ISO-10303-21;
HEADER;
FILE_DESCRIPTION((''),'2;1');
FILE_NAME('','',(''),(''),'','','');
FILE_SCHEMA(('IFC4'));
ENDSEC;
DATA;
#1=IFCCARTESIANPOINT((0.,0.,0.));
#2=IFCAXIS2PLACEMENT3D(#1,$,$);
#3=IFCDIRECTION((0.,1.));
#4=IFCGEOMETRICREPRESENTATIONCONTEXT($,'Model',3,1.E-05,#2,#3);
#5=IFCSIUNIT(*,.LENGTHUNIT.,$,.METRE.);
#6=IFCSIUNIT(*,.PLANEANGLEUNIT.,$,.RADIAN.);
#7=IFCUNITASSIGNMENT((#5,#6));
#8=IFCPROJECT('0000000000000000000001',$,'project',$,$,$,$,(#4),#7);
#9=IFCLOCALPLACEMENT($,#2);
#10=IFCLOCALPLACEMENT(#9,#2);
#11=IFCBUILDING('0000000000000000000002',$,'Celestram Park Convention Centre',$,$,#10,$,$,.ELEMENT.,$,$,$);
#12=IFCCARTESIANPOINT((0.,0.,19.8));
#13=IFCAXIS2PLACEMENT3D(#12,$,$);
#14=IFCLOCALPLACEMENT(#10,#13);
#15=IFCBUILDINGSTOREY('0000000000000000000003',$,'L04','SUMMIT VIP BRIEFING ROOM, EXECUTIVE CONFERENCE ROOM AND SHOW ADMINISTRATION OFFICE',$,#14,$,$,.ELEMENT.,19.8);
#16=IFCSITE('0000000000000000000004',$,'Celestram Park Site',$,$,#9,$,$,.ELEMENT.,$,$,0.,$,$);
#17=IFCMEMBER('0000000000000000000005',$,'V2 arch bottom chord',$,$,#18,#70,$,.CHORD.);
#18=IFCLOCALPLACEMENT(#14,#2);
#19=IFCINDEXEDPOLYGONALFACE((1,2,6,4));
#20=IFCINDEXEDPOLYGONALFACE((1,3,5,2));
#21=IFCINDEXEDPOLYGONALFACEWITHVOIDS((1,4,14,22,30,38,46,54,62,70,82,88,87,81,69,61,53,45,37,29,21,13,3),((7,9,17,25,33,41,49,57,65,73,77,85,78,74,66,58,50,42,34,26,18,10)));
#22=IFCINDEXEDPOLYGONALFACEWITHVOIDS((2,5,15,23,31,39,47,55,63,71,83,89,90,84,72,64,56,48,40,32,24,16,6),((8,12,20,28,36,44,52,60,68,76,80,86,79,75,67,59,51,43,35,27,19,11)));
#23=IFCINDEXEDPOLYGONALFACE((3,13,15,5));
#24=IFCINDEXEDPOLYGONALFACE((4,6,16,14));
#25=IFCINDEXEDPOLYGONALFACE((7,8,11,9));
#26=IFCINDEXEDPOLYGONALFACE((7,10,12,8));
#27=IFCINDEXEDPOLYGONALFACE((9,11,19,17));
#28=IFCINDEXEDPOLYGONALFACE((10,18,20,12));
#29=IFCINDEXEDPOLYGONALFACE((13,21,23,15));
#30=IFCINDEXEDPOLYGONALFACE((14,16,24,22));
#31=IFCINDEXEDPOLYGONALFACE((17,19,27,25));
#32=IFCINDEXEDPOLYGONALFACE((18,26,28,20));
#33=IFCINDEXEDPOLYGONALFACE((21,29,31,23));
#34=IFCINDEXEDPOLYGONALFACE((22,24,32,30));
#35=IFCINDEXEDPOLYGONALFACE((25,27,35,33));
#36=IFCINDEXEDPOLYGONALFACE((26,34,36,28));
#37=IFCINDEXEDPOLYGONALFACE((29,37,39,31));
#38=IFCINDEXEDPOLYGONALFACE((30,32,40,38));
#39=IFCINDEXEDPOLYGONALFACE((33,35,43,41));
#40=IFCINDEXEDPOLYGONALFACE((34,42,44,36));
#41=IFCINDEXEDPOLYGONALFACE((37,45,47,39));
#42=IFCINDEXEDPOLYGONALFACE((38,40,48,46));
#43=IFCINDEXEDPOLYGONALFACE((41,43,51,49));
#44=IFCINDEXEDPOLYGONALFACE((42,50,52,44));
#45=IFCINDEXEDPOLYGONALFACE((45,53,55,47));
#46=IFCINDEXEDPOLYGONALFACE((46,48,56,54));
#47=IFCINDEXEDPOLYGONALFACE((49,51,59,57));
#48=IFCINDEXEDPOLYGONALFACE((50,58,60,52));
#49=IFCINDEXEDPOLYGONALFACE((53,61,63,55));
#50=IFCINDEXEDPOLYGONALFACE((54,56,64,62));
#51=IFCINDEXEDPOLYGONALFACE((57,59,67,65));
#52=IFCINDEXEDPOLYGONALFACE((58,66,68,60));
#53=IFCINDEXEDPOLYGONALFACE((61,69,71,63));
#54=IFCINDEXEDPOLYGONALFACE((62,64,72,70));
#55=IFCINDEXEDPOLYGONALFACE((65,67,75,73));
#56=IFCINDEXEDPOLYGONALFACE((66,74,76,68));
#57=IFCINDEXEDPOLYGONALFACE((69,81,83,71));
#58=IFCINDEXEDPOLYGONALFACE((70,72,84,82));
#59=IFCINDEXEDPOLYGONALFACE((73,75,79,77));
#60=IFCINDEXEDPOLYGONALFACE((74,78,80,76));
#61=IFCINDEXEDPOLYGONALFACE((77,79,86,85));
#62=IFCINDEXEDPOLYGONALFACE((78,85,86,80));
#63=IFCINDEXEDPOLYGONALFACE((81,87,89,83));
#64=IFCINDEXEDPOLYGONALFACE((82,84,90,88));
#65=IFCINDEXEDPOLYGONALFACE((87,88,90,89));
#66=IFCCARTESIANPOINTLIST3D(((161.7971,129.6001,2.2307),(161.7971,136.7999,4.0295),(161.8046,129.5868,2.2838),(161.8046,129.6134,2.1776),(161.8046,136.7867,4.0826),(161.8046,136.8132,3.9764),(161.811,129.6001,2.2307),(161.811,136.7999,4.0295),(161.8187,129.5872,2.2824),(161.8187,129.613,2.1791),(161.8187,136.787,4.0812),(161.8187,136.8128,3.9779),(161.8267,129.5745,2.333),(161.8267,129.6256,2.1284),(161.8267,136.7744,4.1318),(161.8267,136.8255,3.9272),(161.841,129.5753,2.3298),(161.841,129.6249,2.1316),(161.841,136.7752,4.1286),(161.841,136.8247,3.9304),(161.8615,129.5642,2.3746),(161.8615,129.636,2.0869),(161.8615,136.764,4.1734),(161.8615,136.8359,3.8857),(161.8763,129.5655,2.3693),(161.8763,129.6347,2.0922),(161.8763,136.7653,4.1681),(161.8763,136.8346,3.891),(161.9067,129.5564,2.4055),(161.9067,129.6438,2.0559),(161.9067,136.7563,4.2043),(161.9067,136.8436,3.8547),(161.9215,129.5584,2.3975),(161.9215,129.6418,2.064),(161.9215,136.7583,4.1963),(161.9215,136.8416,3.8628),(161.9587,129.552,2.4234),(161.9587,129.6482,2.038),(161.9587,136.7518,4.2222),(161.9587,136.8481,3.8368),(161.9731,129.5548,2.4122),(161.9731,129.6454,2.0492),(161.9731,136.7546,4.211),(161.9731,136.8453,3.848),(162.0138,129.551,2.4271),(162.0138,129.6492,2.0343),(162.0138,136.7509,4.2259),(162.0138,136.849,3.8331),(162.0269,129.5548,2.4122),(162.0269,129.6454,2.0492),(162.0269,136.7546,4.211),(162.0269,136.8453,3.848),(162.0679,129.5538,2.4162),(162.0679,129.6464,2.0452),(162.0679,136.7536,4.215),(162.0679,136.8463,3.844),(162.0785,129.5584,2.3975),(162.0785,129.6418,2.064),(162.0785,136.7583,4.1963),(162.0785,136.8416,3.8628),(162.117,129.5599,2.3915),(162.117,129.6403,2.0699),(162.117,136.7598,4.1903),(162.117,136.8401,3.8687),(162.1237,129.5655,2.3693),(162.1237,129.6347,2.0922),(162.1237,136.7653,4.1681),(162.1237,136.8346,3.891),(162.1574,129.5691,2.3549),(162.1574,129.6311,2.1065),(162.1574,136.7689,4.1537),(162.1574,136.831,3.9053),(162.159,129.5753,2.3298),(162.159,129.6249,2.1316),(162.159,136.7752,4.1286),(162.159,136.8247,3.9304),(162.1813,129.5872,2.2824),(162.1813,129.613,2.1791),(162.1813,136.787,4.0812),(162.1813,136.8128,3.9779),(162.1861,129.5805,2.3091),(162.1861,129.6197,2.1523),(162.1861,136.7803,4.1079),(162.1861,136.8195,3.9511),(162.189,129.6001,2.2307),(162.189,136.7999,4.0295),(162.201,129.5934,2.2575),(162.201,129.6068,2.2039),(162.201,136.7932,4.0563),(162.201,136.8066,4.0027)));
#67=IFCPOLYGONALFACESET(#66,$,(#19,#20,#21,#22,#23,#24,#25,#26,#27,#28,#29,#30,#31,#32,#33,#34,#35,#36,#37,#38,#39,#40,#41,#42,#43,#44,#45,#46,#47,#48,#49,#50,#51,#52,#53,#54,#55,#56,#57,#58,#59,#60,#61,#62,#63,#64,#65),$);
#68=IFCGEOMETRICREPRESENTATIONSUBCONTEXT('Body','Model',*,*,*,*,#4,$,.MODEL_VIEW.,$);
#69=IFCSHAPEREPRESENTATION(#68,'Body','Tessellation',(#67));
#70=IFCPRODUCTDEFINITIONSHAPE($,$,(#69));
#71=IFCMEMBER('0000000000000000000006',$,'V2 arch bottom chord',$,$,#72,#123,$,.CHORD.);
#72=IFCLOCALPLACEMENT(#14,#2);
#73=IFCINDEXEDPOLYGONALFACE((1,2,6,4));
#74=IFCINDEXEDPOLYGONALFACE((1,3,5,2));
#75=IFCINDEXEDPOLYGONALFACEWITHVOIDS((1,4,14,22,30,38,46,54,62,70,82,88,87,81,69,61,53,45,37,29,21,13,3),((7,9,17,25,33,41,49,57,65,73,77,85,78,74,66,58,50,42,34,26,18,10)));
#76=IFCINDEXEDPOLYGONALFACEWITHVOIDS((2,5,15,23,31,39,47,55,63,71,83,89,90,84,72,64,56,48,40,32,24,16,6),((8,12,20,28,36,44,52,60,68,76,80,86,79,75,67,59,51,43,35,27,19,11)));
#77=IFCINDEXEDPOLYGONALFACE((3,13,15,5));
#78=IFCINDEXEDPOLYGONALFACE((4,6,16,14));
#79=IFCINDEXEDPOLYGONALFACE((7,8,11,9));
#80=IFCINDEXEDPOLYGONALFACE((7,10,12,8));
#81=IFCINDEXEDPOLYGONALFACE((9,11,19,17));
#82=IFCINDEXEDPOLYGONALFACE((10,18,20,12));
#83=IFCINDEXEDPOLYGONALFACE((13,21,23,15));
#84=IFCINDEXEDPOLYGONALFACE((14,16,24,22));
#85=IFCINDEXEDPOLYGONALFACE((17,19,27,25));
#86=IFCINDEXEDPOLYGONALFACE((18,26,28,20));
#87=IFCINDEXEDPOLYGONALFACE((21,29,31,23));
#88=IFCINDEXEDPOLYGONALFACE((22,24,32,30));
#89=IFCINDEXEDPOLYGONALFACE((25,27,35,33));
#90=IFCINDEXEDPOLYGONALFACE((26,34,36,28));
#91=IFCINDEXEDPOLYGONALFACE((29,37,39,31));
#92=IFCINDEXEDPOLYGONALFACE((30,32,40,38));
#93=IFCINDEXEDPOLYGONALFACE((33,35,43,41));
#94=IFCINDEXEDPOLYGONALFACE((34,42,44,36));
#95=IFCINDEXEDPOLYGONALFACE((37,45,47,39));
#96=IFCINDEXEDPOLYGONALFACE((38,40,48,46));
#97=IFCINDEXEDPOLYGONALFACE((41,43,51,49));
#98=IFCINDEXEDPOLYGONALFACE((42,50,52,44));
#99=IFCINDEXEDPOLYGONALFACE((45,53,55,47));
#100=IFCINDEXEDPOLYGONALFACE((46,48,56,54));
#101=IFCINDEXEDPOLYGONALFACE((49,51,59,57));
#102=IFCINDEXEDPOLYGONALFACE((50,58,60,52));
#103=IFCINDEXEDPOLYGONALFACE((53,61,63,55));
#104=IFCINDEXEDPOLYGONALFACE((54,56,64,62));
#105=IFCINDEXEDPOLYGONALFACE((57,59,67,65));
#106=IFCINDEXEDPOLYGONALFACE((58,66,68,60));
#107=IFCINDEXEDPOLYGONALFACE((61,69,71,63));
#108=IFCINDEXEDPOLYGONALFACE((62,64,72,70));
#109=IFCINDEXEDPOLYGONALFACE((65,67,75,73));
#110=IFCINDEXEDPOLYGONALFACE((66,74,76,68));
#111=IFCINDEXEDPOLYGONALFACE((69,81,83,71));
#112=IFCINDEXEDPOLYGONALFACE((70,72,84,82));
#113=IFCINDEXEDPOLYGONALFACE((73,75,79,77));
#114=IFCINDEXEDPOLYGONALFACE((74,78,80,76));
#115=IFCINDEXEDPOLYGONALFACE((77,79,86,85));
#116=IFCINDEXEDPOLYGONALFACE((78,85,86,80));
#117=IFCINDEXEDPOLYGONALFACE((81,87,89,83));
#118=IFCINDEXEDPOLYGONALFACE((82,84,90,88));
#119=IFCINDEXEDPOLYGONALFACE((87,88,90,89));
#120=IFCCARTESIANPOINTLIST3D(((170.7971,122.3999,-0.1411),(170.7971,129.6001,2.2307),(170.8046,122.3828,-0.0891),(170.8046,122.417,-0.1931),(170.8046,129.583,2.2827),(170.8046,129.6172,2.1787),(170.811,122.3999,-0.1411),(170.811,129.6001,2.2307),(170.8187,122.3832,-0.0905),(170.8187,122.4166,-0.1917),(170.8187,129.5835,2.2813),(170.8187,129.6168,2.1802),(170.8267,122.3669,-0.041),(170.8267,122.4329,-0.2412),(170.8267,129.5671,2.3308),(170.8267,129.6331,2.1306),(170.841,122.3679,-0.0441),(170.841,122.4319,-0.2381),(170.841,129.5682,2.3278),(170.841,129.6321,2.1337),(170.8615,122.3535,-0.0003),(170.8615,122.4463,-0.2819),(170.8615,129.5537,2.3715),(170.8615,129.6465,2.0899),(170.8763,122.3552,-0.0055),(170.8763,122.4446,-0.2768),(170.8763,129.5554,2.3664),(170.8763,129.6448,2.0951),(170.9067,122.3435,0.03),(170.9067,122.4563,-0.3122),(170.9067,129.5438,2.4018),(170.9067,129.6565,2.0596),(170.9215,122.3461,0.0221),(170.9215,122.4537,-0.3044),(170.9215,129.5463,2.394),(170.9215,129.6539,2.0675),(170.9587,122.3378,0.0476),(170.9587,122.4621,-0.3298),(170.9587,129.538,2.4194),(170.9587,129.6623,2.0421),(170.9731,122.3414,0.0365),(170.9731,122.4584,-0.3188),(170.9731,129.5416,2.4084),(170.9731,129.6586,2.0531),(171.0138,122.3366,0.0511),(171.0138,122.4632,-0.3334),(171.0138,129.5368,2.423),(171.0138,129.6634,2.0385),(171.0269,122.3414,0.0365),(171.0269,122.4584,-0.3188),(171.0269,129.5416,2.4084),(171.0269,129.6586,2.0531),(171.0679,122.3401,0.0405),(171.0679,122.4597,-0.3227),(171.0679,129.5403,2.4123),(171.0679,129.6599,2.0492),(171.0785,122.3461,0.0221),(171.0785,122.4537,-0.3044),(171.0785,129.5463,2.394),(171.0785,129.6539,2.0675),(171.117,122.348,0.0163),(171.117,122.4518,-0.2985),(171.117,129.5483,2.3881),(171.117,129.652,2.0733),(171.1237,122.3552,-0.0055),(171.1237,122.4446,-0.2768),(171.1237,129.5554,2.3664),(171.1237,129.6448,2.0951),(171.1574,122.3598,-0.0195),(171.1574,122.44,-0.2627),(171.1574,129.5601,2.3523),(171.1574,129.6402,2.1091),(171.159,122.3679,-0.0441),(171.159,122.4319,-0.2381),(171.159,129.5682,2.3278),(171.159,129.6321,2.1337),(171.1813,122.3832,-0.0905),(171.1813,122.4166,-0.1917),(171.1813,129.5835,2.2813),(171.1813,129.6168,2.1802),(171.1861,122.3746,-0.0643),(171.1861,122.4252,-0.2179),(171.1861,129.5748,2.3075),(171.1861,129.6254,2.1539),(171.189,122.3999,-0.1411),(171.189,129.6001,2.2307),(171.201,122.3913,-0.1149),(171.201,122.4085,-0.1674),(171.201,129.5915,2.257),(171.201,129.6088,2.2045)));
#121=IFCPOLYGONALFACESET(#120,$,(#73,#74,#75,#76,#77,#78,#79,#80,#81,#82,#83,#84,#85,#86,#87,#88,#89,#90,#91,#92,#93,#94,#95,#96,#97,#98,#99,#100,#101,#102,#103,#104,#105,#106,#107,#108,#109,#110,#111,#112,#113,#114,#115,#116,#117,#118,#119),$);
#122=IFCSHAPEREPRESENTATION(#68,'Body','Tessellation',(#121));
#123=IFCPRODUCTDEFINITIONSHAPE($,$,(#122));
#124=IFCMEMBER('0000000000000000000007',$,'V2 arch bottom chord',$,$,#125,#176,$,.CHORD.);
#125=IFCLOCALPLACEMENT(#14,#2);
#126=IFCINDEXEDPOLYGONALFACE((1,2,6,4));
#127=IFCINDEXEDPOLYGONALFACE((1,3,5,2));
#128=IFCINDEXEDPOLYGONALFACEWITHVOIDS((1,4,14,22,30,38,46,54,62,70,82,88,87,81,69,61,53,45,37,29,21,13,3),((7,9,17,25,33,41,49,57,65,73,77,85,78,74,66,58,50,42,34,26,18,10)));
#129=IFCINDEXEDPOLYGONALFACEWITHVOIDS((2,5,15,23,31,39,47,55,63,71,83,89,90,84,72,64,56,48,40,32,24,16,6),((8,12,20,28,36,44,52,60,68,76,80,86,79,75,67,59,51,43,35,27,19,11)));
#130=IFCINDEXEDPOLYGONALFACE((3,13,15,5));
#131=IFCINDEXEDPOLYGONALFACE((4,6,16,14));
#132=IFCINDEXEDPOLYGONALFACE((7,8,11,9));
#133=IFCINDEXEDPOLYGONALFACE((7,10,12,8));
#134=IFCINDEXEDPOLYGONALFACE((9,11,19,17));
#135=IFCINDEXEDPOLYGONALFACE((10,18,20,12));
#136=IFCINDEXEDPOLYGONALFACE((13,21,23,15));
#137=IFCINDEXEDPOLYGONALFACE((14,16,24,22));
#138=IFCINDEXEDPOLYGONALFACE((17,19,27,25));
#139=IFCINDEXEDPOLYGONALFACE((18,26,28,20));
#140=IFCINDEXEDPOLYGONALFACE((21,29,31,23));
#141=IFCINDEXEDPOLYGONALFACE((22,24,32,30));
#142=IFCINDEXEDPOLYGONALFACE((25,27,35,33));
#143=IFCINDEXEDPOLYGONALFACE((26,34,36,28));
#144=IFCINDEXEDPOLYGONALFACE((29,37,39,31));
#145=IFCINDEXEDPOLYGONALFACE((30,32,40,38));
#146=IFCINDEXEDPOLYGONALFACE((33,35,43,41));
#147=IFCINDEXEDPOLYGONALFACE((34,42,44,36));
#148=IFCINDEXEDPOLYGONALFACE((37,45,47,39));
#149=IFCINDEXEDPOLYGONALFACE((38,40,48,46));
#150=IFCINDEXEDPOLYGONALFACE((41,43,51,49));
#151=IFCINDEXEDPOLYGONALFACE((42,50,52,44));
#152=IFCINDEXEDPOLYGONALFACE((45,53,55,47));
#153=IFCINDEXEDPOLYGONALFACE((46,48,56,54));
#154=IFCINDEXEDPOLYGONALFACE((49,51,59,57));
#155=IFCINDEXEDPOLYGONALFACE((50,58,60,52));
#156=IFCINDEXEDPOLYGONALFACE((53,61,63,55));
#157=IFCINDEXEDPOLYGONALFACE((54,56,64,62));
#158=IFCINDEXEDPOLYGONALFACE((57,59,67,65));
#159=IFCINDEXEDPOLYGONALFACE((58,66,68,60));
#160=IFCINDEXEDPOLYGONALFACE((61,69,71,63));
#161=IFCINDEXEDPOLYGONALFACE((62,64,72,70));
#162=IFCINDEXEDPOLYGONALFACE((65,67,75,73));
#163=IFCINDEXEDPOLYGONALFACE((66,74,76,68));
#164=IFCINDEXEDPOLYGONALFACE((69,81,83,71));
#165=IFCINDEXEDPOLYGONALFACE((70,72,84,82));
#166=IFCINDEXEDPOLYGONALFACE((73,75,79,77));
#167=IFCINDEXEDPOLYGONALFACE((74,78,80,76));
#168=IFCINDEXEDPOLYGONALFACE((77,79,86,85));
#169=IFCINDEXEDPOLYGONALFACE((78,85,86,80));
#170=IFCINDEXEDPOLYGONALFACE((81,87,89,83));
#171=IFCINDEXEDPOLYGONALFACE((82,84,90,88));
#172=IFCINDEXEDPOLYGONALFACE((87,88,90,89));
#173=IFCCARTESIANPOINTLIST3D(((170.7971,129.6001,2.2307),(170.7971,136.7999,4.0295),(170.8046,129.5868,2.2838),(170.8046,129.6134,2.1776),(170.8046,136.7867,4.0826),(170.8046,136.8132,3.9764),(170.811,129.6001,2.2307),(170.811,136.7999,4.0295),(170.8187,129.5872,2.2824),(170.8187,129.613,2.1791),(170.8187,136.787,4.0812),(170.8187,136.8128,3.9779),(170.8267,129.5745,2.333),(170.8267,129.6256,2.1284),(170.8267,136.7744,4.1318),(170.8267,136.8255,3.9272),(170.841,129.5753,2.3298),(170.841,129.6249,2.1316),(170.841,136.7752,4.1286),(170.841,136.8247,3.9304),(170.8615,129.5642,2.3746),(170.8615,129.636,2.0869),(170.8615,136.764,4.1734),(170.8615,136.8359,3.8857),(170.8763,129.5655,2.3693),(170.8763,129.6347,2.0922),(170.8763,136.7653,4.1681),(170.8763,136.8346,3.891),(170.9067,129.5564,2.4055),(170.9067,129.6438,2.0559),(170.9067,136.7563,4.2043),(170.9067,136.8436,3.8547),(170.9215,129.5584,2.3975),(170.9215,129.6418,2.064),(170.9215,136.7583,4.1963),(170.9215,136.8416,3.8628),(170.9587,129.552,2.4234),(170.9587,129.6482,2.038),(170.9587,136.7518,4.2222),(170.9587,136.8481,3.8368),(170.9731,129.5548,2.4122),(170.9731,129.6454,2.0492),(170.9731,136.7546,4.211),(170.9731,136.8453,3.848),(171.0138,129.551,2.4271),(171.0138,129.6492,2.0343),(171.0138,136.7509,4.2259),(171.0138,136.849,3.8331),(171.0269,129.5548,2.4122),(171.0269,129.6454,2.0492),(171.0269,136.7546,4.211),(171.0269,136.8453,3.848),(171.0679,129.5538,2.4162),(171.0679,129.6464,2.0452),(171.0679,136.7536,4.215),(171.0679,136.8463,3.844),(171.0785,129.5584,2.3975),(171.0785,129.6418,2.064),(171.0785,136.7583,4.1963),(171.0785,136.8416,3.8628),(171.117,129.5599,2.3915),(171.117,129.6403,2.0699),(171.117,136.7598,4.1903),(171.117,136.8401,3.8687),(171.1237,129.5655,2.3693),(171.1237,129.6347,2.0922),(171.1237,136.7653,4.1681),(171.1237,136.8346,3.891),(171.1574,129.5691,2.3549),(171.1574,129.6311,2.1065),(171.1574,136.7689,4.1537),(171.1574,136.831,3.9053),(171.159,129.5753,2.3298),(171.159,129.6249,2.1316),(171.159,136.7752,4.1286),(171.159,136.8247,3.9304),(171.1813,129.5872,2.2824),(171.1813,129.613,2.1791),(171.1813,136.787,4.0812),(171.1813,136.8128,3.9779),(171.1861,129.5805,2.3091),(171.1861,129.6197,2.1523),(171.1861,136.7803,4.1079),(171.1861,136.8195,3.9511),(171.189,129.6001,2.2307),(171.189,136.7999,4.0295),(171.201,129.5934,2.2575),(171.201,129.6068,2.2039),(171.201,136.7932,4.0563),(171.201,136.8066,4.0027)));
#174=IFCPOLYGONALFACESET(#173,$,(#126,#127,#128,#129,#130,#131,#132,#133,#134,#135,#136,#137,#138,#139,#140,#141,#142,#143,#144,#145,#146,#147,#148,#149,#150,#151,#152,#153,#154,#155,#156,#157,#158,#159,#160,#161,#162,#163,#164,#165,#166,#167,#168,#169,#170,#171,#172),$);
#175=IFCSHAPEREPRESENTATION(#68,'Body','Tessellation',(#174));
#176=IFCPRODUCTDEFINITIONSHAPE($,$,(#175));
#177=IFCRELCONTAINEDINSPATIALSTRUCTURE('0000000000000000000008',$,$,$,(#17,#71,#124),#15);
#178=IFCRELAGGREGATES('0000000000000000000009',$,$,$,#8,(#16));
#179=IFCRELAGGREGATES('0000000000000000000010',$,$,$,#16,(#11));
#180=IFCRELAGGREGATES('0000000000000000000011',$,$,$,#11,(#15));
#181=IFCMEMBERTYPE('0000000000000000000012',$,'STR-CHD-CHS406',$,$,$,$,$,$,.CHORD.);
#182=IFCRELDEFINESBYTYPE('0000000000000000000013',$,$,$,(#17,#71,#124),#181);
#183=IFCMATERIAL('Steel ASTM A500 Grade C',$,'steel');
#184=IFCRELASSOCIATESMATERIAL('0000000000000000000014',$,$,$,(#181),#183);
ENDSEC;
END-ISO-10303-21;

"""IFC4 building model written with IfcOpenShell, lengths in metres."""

from ifc_helpers import new_model, si_unit, direction, frame, origin, origin_2d, place, context, subcontext, project, spatial, hollow_circle, extrude, material, material_profile, profile_set, type_object, element, save


model = new_model("IFC4")

# Units and contexts
model_context = context("Model", 3, precision=1e-05, world=origin(), true_north=direction((0.0, 1.0)))
body_context = subcontext(model_context, "Body", "Model", "MODEL_VIEW")
ifc_project = project(units=[si_unit("LENGTHUNIT", "METRE"), si_unit("PLANEANGLEUNIT", "RADIAN")], contexts=[model_context])

# Site, building, storey
site_placement = place(None, origin())
site = spatial("IfcSite", under=ifc_project, at=site_placement, Name="Celestram Park Site", CompositionType="ELEMENT", RefElevation=0.0)
building_placement = place(site_placement, origin())
building = spatial("IfcBuilding", under=site, at=building_placement, Name="Celestram Park Convention Centre", CompositionType="ELEMENT")
storey_placement = place(building_placement, frame((0.0, 0.0, 19.8)))
storey = spatial("IfcBuildingStorey", under=building, at=storey_placement, Name="L04", Description="SUMMIT VIP BRIEFING ROOM, EXECUTIVE CONFERENCE ROOM AND SHOW ADMINISTRATION OFFICE", CompositionType="ELEMENT", Elevation=19.8)

# Members
ifc_material_1 = material(Name="Steel ASTM A500 Grade C", Category="steel")
ifc_material_profile_1 = material_profile(ifc_material_1, hollow_circle(Radius=0.2029, WallThickness=0.0139, at=origin_2d()), Name="CHS406X14")
ifc_profile_set_1 = profile_set([ifc_material_profile_1], Name="Steel ASTM A500 Grade C")
member_type_1 = type_object("IfcMemberType", Name="STR-CHD-CHS406", PredefinedType="CHORD", material=ifc_profile_set_1)
member_1_placement = place(storey_placement, frame((162.0, 129.6001, 2.2307), z_axis=(0.0, 0.970179, 0.242389), x_axis=(-1.0, 0.0, 0.0)))
element("IfcMember", 1, at=member_1_placement, inside=storey, type_object=member_type_1, Name="V2 arch bottom chord", PredefinedType="CHORD", context=body_context, shape_type="SweptSolid", body=[
    extrude(hollow_circle(Radius=0.2029, WallThickness=0.0139, at=origin_2d()), origin(), (0.0, 0.0, 1.0), 7.4211),
])
member_2_placement = place(storey_placement, frame((171.0, 122.3999, -0.1411), z_axis=(0.0, 0.949795, 0.312873), x_axis=(-1.0, 0.0, 0.0)))
element("IfcMember", 2, at=member_2_placement, inside=storey, type_object=member_type_1, Name="V2 arch bottom chord", PredefinedType="CHORD", context=body_context, shape_type="SweptSolid", body=[
    extrude(hollow_circle(Radius=0.2029, WallThickness=0.0139, at=origin_2d()), origin(), (0.0, 0.0, 1.0), 7.5808),
])
member_3_placement = place(storey_placement, frame((171.0, 129.6001, 2.2307), z_axis=(0.0, 0.970179, 0.242389), x_axis=(-1.0, 0.0, 0.0)))
element("IfcMember", 3, at=member_3_placement, inside=storey, type_object=member_type_1, Name="V2 arch bottom chord", PredefinedType="CHORD", context=body_context, shape_type="SweptSolid", body=[
    extrude(hollow_circle(Radius=0.2029, WallThickness=0.0139, at=origin_2d()), origin(), (0.0, 0.0, 1.0), 7.4211),
])

save(model, "model.ifc")
